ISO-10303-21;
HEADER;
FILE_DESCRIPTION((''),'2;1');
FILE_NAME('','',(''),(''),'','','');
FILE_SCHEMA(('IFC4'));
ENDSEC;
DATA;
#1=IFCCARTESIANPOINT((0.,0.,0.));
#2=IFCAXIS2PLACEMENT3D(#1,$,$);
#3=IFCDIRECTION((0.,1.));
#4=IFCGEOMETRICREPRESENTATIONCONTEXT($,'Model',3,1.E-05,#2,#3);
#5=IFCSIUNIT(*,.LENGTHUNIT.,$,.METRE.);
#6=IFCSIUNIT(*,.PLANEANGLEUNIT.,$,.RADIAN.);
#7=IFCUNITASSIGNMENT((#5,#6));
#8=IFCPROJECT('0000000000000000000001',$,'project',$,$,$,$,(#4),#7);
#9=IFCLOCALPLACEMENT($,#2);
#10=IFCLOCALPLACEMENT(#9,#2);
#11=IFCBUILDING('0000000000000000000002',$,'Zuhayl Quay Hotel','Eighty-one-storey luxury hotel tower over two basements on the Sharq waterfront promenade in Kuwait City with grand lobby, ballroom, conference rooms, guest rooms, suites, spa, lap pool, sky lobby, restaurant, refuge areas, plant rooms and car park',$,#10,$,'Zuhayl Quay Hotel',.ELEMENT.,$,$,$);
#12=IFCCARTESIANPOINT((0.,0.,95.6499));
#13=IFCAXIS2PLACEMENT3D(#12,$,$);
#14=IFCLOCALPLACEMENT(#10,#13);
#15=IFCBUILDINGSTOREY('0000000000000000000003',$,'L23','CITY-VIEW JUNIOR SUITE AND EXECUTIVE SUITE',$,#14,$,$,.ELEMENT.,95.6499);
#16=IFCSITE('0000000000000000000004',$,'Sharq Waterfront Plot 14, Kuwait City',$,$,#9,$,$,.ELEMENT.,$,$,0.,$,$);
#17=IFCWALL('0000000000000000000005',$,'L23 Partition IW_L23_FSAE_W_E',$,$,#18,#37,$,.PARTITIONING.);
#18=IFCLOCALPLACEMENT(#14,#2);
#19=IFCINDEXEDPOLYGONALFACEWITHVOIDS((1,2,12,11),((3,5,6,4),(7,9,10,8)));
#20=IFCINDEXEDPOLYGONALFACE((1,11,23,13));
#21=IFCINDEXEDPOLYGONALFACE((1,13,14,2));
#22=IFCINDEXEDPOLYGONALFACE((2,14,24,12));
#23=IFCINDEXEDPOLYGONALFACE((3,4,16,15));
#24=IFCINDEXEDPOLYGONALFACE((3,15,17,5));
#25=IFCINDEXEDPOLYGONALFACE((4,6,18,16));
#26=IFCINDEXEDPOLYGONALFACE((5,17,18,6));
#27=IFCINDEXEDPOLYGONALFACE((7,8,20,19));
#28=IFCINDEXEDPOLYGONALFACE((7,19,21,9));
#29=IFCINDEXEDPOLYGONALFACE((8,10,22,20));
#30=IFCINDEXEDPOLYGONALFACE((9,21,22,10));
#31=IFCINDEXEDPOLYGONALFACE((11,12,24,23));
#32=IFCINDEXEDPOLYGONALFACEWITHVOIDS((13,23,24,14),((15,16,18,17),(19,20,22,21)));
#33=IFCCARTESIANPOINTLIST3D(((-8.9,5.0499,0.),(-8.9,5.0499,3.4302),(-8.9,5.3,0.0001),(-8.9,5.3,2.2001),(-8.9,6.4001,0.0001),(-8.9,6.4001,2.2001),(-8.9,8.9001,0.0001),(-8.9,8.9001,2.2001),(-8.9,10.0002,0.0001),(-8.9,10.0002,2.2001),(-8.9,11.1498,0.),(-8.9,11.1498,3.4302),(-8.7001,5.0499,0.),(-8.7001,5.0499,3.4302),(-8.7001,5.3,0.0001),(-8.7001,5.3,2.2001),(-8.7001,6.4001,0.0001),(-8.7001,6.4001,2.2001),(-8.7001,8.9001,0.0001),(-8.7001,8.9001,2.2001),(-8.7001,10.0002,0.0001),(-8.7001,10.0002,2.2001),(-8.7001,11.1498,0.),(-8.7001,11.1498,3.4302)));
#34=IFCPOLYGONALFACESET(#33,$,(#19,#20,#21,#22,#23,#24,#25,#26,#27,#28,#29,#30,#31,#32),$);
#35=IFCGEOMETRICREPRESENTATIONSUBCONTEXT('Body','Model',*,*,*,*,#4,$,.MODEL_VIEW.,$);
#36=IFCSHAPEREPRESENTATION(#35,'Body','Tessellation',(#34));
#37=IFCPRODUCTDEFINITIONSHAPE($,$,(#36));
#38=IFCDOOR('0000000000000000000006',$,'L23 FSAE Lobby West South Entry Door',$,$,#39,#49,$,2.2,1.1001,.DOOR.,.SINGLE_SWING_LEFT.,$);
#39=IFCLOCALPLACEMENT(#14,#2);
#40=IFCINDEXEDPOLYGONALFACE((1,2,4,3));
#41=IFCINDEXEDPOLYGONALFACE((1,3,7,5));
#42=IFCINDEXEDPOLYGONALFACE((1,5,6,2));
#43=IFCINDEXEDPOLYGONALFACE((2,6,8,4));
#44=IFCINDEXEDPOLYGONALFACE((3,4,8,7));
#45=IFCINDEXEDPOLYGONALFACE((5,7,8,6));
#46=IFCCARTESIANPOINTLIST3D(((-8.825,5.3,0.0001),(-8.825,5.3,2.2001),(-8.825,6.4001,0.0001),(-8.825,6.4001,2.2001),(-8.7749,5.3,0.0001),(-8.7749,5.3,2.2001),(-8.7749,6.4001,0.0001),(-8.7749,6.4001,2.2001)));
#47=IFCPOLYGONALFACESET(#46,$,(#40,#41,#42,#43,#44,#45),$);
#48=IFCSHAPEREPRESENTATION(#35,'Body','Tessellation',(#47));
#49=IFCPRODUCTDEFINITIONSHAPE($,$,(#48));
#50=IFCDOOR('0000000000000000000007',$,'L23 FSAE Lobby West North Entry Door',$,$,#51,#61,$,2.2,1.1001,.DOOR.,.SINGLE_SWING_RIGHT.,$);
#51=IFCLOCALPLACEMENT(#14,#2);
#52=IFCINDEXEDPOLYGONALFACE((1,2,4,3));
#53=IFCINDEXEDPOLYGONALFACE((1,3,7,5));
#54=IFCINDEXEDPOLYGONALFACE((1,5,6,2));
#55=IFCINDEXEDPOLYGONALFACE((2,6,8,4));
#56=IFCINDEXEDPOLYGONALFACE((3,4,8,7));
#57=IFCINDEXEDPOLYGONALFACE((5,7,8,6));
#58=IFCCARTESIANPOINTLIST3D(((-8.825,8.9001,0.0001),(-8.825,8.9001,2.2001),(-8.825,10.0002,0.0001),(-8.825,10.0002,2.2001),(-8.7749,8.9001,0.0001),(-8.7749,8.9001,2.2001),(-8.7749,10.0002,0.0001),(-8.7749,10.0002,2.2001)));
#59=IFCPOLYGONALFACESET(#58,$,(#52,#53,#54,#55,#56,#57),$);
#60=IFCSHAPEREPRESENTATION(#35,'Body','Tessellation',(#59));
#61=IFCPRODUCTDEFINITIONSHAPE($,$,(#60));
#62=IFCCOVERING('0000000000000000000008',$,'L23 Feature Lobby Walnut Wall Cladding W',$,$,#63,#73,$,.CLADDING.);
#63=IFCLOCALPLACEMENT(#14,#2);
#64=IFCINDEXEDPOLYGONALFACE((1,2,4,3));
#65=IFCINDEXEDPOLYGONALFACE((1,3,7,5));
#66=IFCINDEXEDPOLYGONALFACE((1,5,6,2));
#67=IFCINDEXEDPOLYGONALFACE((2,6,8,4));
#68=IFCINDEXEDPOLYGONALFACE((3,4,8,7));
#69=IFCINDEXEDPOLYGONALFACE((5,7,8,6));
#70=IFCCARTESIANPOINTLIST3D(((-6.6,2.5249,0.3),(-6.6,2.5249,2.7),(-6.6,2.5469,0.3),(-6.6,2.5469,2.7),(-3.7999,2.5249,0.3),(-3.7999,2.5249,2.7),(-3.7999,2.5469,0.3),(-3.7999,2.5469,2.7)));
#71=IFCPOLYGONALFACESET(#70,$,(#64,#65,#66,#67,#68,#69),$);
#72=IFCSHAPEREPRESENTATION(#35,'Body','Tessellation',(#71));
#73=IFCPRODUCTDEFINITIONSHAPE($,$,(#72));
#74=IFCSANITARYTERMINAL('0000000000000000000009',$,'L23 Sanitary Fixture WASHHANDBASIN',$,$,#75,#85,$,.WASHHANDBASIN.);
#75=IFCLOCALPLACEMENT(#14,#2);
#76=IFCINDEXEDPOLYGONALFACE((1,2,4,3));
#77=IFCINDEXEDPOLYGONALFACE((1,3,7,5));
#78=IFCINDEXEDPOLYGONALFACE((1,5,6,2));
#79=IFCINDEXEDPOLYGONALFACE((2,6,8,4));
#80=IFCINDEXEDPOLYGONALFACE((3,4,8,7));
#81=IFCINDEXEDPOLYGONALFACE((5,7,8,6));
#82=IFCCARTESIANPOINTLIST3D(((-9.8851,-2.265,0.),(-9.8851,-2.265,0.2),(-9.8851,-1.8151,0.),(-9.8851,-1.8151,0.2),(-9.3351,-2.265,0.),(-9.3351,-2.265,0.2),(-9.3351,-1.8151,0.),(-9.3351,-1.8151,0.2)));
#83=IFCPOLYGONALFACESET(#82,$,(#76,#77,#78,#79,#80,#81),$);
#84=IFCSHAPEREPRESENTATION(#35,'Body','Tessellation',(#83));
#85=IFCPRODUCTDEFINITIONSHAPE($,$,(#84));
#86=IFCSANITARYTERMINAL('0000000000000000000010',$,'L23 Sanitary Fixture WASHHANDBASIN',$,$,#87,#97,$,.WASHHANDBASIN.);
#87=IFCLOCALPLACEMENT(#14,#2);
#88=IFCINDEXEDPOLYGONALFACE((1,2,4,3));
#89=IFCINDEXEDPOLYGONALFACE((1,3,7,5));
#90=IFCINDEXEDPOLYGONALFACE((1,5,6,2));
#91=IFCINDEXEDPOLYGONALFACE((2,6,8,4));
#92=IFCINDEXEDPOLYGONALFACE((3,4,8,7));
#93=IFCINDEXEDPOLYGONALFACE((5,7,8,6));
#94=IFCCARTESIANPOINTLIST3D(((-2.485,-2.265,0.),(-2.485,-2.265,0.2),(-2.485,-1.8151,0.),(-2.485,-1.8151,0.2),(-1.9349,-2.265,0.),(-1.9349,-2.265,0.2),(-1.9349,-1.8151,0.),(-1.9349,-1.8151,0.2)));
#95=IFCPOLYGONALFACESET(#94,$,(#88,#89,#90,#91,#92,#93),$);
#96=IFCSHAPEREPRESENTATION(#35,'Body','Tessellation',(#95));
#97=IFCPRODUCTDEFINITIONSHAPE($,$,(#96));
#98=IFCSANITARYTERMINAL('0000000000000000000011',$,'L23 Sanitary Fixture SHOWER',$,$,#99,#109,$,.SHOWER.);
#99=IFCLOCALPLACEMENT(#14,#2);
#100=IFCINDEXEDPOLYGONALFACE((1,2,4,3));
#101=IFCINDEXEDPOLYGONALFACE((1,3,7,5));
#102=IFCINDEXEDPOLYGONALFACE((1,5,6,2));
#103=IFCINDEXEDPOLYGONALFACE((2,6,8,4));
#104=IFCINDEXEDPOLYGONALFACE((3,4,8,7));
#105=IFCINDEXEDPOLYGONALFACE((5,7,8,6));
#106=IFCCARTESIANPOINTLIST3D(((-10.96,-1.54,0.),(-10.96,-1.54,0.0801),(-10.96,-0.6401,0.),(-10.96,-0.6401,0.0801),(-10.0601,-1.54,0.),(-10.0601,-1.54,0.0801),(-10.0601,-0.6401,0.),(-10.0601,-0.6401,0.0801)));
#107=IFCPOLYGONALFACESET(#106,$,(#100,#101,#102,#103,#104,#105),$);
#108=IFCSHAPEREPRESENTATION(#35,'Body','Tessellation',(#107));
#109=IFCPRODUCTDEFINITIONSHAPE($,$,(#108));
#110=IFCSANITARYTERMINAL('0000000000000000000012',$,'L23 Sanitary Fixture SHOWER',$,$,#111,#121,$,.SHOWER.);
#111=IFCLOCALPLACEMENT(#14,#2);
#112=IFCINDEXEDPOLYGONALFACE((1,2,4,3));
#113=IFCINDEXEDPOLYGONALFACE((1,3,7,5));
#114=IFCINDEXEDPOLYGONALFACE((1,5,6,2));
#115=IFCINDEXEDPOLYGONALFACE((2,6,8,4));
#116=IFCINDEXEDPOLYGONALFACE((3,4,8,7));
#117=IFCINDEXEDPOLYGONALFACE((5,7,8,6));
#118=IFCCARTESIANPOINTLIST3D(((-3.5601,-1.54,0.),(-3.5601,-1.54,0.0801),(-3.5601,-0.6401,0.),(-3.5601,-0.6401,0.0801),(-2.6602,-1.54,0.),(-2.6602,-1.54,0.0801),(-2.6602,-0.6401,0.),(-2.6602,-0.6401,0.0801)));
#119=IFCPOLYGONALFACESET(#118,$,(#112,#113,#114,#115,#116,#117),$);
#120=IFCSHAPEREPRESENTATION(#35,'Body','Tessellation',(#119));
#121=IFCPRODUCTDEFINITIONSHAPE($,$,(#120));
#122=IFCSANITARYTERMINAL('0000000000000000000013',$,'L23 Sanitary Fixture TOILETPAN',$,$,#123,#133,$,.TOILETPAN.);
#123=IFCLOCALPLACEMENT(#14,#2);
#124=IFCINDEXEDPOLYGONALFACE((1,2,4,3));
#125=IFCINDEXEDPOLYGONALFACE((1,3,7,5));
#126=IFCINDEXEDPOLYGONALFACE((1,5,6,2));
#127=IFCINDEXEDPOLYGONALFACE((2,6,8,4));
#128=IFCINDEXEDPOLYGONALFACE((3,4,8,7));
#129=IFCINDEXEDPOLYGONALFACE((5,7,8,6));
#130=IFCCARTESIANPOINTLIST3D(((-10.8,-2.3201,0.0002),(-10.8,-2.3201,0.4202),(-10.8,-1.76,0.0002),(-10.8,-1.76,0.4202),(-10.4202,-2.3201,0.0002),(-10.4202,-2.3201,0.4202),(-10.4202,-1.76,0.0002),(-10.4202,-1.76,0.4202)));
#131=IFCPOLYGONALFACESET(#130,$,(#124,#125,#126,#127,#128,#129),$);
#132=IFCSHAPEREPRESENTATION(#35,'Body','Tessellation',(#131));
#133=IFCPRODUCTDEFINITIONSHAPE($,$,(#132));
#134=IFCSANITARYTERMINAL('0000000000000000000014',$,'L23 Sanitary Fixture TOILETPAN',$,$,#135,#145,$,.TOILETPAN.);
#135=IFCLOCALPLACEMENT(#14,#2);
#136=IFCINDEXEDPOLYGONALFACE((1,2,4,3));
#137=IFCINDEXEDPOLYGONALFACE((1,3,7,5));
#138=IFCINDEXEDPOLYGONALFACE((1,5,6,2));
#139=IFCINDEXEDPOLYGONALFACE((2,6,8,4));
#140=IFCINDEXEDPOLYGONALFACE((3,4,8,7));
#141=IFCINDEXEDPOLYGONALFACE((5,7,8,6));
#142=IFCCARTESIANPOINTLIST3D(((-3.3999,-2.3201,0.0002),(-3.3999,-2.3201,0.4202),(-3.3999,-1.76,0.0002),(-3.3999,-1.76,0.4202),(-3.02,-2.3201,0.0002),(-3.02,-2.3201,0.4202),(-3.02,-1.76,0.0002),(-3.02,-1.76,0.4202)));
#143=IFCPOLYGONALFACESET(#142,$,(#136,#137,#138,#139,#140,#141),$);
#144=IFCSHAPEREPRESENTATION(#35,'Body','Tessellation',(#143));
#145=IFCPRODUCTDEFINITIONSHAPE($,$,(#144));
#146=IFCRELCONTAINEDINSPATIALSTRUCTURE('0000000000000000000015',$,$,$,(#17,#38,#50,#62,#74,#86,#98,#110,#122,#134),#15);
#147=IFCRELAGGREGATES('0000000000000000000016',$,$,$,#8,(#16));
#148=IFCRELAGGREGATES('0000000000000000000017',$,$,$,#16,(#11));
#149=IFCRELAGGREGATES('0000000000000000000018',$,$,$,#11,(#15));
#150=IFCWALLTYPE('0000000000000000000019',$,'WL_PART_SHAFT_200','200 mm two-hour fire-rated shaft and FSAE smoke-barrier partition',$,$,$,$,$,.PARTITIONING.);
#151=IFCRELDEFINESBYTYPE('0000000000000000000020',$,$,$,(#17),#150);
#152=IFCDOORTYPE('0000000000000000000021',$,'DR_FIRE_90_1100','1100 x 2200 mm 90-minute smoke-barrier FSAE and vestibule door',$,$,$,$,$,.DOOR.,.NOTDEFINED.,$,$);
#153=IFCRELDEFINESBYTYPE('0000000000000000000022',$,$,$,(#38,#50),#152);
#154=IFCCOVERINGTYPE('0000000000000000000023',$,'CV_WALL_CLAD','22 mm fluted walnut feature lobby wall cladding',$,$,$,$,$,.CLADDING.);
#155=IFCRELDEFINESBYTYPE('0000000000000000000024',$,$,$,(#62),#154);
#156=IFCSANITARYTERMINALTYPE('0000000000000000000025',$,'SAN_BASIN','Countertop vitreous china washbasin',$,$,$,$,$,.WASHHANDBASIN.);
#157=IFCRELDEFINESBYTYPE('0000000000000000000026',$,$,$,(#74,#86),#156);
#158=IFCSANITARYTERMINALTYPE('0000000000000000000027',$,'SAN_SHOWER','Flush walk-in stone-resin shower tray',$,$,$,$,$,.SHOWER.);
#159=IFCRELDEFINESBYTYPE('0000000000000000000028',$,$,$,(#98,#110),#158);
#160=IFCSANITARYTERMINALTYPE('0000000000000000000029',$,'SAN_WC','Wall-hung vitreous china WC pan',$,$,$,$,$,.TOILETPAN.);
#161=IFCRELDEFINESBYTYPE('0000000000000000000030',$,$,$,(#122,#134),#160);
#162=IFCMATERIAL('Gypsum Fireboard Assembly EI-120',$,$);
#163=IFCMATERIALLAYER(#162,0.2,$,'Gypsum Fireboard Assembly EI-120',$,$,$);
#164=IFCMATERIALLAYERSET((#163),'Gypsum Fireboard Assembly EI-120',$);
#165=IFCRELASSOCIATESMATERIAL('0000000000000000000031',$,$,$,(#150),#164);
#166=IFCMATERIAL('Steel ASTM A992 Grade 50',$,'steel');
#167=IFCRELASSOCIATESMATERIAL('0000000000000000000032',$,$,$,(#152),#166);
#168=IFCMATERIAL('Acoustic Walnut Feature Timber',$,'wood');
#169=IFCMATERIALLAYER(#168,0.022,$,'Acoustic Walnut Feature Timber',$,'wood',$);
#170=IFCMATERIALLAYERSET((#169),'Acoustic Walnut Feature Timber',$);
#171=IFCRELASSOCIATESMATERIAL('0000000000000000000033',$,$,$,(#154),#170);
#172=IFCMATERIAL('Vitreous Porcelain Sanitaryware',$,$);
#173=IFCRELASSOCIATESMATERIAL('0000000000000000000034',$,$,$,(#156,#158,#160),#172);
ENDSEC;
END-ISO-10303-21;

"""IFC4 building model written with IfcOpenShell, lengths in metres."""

from ifc_helpers import new_model, si_unit, direction, frame, frame_2d, origin, origin_2d, place, context, subcontext, project, spatial, rectangle, extrude, material, layer, layer_set, type_object, element, fill, save


model = new_model("IFC4")

# Units and contexts
model_context = context("Model", 3, precision=1e-05, world=origin(), true_north=direction((0.0, 1.0)))
body_context = subcontext(model_context, "Body", "Model", "MODEL_VIEW")
ifc_project = project(units=[si_unit("LENGTHUNIT", "METRE"), si_unit("PLANEANGLEUNIT", "RADIAN")], contexts=[model_context])

# Site, building, storey
site_placement = place(None, origin())
site = spatial("IfcSite", under=ifc_project, at=site_placement, Name="Sharq Waterfront Plot 14, Kuwait City", CompositionType="ELEMENT", RefElevation=0.0)
building_placement = place(site_placement, origin())
building = spatial("IfcBuilding", under=site, at=building_placement, Name="Zuhayl Quay Hotel", Description="Eighty-one-storey luxury hotel tower over two basements on the Sharq waterfront promenade in Kuwait City with grand lobby, ballroom, conference rooms, guest rooms, suites, spa, lap pool, sky lobby, restaurant, refuge areas, plant rooms and car park", LongName="Zuhayl Quay Hotel", CompositionType="ELEMENT")
storey_placement = place(building_placement, frame((0.0, 0.0, 95.6499)))
storey = spatial("IfcBuildingStorey", under=building, at=storey_placement, Name="L23", Description="CITY-VIEW JUNIOR SUITE AND EXECUTIVE SUITE", CompositionType="ELEMENT", Elevation=95.6499)

# Shared definitions
ifc_material_1 = material(Name="Steel ASTM A992 Grade 50", Category="steel")

# Wall, openings, doors
ifc_material_2 = material(Name="Gypsum Fireboard Assembly EI-120")
ifc_layer_1 = layer(ifc_material_2, 0.2, Name="Gypsum Fireboard Assembly EI-120")
ifc_layer_set_1 = layer_set([ifc_layer_1], Name="Gypsum Fireboard Assembly EI-120")
wall_type_1 = type_object("IfcWallType", Name="WL_PART_SHAFT_200", Description="200 mm two-hour fire-rated shaft and FSAE smoke-barrier partition", PredefinedType="PARTITIONING", material=ifc_layer_set_1)
wall_1_placement = place(storey_placement, frame((-8.8, 5.05, 0.0), z_axis=(0.0, 0.0, 1.0), x_axis=(0.0, 1.0, 0.0)))
wall_1 = element("IfcWall", 1, at=wall_1_placement, inside=storey, type_object=wall_type_1, Name="L23 Partition IW_L23_FSAE_W_E", PredefinedType="PARTITIONING", context=body_context, shape_type="SweptSolid", body=[
    extrude(rectangle(XDim=6.0999, YDim=0.2, at=frame_2d((3.0498, 0.0))), origin(), (0.0, 0.0, 1.0), 3.4302),
])
opening_1_placement = place(wall_1_placement, frame((0.25, 0.0, 0.0)))
opening_1 = element("IfcOpeningElement", 2, at=opening_1_placement, cuts=wall_1, PredefinedType="OPENING", context=body_context, shape_type="SweptSolid", body=[
    extrude(rectangle(XDim=1.1001, YDim=2.2, at=frame_2d((0.55, 1.1001))), frame((0.0, 0.1099, 0.0), z_axis=(0.0, -1.0, 0.0), x_axis=(1.0, 0.0, 0.0)), (0.0, 0.0, 1.0), 0.22),
])
opening_2_placement = place(wall_1_placement, frame((3.8501, 0.0, 0.0)))
opening_2 = element("IfcOpeningElement", 3, at=opening_2_placement, cuts=wall_1, PredefinedType="OPENING", context=body_context, shape_type="SweptSolid", body=[
    extrude(rectangle(XDim=1.1001, YDim=2.2, at=frame_2d((0.55, 1.1001))), frame((0.0, 0.1099, 0.0), z_axis=(0.0, -1.0, 0.0), x_axis=(1.0, 0.0, 0.0)), (0.0, 0.0, 1.0), 0.22),
])
door_type_1 = type_object("IfcDoorType", Name="DR_FIRE_90_1100", Description="1100 x 2200 mm 90-minute smoke-barrier FSAE and vestibule door", OperationType="NOTDEFINED", PredefinedType="DOOR", material=ifc_material_1)
door_1_placement = place(opening_1_placement, origin())
door_1 = element("IfcDoor", 4, at=door_1_placement, inside=storey, type_object=door_type_1, Name="L23 FSAE Lobby West South Entry Door", OperationType="SINGLE_SWING_LEFT", OverallHeight=2.2, OverallWidth=1.1001, PredefinedType="DOOR", context=body_context, shape_type="SweptSolid", body=[
    extrude(rectangle(XDim=1.1001, YDim=2.2, at=frame_2d((0.55, 1.1001))), frame((0.0, 0.0249, 0.0), z_axis=(0.0, -1.0, 0.0), x_axis=(1.0, 0.0, 0.0)), (0.0, 0.0, 1.0), 0.05),
])
fill(opening_1, door_1)
door_2_placement = place(opening_2_placement, origin())
door_2 = element("IfcDoor", 5, at=door_2_placement, inside=storey, type_object=door_type_1, Name="L23 FSAE Lobby West North Entry Door", OperationType="SINGLE_SWING_RIGHT", OverallHeight=2.2, OverallWidth=1.1001, PredefinedType="DOOR", context=body_context, shape_type="SweptSolid", body=[
    extrude(rectangle(XDim=1.1001, YDim=2.2, at=frame_2d((0.55, 1.1001))), frame((0.0, 0.0249, 0.0), z_axis=(0.0, -1.0, 0.0), x_axis=(1.0, 0.0, 0.0)), (0.0, 0.0, 1.0), 0.05),
])
fill(opening_2, door_2)

# Covering
ifc_material_3 = material(Name="Acoustic Walnut Feature Timber", Category="wood")
ifc_layer_2 = layer(ifc_material_3, 0.022, Name="Acoustic Walnut Feature Timber", Category="wood")
ifc_layer_set_2 = layer_set([ifc_layer_2], Name="Acoustic Walnut Feature Timber")
covering_type = type_object("IfcCoveringType", Name="CV_WALL_CLAD", Description="22 mm fluted walnut feature lobby wall cladding", PredefinedType="CLADDING", material=ifc_layer_set_2)
covering_placement = place(storey_placement, frame((-5.2, 2.5359, 0.3), z_axis=(0.0, 0.0, 1.0), x_axis=(1.0, 0.0, 0.0)))
element("IfcCovering", 6, at=covering_placement, inside=storey, type_object=covering_type, Name="L23 Feature Lobby Walnut Wall Cladding W", PredefinedType="CLADDING", context=body_context, shape_type="SweptSolid", body=[
    extrude(rectangle(XDim=2.8, YDim=0.022, at=origin_2d()), origin(), (0.0, 0.0, 1.0), 2.3999),
])

# Sanitary terminals
ifc_material_4 = material(Name="Vitreous Porcelain Sanitaryware")
sanitary_terminal_type_1 = type_object("IfcSanitaryTerminalType", Name="SAN_BASIN", Description="Countertop vitreous china washbasin", PredefinedType="WASHHANDBASIN", material=ifc_material_4)
for number, where, z_axis, x_axis, name in (
    (7, (-9.6101, -2.04, 0.0), (0.0, 0.0, 1.0), (1.0, 0.0, 0.0), "L23 Sanitary Fixture WASHHANDBASIN"),
    (8, (-2.21, -2.04, 0.0), (0.0, 0.0, 1.0), (1.0, 0.0, 0.0), "L23 Sanitary Fixture WASHHANDBASIN"),
):
    element("IfcSanitaryTerminal", number, at=place(storey_placement, frame(where, z_axis=z_axis, x_axis=x_axis)), inside=storey, type_object=sanitary_terminal_type_1, Name=name, PredefinedType="WASHHANDBASIN", context=body_context, shape_type="SweptSolid", body=[
        extrude(rectangle(XDim=0.55, YDim=0.45, at=origin_2d()), origin(), (0.0, 0.0, 1.0), 0.2),
    ])
sanitary_terminal_type_2 = type_object("IfcSanitaryTerminalType", Name="SAN_SHOWER", Description="Flush walk-in stone-resin shower tray", PredefinedType="SHOWER", material=ifc_material_4)
for number, where, z_axis, x_axis, name in (
    (9, (-10.51, -1.0901, 0.0), (0.0, 0.0, 1.0), (1.0, 0.0, 0.0), "L23 Sanitary Fixture SHOWER"),
    (10, (-3.1101, -1.0901, 0.0), (0.0, 0.0, 1.0), (1.0, 0.0, 0.0), "L23 Sanitary Fixture SHOWER"),
):
    element("IfcSanitaryTerminal", number, at=place(storey_placement, frame(where, z_axis=z_axis, x_axis=x_axis)), inside=storey, type_object=sanitary_terminal_type_2, Name=name, PredefinedType="SHOWER", context=body_context, shape_type="SweptSolid", body=[
        extrude(rectangle(XDim=0.8999, YDim=0.8999, at=origin_2d()), origin(), (0.0, 0.0, 1.0), 0.0801),
    ])
sanitary_terminal_type_3 = type_object("IfcSanitaryTerminalType", Name="SAN_WC", Description="Wall-hung vitreous china WC pan", PredefinedType="TOILETPAN", material=ifc_material_4)
for number, where, z_axis, x_axis, name in (
    (11, (-10.6101, -2.04, 0.0002), (0.0, 0.0, 1.0), (1.0, 0.0, 0.0), "L23 Sanitary Fixture TOILETPAN"),
    (12, (-3.21, -2.04, 0.0002), (0.0, 0.0, 1.0), (1.0, 0.0, 0.0), "L23 Sanitary Fixture TOILETPAN"),
):
    element("IfcSanitaryTerminal", number, at=place(storey_placement, frame(where, z_axis=z_axis, x_axis=x_axis)), inside=storey, type_object=sanitary_terminal_type_3, Name=name, PredefinedType="TOILETPAN", context=body_context, shape_type="SweptSolid", body=[
        extrude(rectangle(XDim=0.3799, YDim=0.5601, at=origin_2d()), origin(), (0.0, 0.0, 1.0), 0.4199),
    ])

save(model, "model.ifc")
